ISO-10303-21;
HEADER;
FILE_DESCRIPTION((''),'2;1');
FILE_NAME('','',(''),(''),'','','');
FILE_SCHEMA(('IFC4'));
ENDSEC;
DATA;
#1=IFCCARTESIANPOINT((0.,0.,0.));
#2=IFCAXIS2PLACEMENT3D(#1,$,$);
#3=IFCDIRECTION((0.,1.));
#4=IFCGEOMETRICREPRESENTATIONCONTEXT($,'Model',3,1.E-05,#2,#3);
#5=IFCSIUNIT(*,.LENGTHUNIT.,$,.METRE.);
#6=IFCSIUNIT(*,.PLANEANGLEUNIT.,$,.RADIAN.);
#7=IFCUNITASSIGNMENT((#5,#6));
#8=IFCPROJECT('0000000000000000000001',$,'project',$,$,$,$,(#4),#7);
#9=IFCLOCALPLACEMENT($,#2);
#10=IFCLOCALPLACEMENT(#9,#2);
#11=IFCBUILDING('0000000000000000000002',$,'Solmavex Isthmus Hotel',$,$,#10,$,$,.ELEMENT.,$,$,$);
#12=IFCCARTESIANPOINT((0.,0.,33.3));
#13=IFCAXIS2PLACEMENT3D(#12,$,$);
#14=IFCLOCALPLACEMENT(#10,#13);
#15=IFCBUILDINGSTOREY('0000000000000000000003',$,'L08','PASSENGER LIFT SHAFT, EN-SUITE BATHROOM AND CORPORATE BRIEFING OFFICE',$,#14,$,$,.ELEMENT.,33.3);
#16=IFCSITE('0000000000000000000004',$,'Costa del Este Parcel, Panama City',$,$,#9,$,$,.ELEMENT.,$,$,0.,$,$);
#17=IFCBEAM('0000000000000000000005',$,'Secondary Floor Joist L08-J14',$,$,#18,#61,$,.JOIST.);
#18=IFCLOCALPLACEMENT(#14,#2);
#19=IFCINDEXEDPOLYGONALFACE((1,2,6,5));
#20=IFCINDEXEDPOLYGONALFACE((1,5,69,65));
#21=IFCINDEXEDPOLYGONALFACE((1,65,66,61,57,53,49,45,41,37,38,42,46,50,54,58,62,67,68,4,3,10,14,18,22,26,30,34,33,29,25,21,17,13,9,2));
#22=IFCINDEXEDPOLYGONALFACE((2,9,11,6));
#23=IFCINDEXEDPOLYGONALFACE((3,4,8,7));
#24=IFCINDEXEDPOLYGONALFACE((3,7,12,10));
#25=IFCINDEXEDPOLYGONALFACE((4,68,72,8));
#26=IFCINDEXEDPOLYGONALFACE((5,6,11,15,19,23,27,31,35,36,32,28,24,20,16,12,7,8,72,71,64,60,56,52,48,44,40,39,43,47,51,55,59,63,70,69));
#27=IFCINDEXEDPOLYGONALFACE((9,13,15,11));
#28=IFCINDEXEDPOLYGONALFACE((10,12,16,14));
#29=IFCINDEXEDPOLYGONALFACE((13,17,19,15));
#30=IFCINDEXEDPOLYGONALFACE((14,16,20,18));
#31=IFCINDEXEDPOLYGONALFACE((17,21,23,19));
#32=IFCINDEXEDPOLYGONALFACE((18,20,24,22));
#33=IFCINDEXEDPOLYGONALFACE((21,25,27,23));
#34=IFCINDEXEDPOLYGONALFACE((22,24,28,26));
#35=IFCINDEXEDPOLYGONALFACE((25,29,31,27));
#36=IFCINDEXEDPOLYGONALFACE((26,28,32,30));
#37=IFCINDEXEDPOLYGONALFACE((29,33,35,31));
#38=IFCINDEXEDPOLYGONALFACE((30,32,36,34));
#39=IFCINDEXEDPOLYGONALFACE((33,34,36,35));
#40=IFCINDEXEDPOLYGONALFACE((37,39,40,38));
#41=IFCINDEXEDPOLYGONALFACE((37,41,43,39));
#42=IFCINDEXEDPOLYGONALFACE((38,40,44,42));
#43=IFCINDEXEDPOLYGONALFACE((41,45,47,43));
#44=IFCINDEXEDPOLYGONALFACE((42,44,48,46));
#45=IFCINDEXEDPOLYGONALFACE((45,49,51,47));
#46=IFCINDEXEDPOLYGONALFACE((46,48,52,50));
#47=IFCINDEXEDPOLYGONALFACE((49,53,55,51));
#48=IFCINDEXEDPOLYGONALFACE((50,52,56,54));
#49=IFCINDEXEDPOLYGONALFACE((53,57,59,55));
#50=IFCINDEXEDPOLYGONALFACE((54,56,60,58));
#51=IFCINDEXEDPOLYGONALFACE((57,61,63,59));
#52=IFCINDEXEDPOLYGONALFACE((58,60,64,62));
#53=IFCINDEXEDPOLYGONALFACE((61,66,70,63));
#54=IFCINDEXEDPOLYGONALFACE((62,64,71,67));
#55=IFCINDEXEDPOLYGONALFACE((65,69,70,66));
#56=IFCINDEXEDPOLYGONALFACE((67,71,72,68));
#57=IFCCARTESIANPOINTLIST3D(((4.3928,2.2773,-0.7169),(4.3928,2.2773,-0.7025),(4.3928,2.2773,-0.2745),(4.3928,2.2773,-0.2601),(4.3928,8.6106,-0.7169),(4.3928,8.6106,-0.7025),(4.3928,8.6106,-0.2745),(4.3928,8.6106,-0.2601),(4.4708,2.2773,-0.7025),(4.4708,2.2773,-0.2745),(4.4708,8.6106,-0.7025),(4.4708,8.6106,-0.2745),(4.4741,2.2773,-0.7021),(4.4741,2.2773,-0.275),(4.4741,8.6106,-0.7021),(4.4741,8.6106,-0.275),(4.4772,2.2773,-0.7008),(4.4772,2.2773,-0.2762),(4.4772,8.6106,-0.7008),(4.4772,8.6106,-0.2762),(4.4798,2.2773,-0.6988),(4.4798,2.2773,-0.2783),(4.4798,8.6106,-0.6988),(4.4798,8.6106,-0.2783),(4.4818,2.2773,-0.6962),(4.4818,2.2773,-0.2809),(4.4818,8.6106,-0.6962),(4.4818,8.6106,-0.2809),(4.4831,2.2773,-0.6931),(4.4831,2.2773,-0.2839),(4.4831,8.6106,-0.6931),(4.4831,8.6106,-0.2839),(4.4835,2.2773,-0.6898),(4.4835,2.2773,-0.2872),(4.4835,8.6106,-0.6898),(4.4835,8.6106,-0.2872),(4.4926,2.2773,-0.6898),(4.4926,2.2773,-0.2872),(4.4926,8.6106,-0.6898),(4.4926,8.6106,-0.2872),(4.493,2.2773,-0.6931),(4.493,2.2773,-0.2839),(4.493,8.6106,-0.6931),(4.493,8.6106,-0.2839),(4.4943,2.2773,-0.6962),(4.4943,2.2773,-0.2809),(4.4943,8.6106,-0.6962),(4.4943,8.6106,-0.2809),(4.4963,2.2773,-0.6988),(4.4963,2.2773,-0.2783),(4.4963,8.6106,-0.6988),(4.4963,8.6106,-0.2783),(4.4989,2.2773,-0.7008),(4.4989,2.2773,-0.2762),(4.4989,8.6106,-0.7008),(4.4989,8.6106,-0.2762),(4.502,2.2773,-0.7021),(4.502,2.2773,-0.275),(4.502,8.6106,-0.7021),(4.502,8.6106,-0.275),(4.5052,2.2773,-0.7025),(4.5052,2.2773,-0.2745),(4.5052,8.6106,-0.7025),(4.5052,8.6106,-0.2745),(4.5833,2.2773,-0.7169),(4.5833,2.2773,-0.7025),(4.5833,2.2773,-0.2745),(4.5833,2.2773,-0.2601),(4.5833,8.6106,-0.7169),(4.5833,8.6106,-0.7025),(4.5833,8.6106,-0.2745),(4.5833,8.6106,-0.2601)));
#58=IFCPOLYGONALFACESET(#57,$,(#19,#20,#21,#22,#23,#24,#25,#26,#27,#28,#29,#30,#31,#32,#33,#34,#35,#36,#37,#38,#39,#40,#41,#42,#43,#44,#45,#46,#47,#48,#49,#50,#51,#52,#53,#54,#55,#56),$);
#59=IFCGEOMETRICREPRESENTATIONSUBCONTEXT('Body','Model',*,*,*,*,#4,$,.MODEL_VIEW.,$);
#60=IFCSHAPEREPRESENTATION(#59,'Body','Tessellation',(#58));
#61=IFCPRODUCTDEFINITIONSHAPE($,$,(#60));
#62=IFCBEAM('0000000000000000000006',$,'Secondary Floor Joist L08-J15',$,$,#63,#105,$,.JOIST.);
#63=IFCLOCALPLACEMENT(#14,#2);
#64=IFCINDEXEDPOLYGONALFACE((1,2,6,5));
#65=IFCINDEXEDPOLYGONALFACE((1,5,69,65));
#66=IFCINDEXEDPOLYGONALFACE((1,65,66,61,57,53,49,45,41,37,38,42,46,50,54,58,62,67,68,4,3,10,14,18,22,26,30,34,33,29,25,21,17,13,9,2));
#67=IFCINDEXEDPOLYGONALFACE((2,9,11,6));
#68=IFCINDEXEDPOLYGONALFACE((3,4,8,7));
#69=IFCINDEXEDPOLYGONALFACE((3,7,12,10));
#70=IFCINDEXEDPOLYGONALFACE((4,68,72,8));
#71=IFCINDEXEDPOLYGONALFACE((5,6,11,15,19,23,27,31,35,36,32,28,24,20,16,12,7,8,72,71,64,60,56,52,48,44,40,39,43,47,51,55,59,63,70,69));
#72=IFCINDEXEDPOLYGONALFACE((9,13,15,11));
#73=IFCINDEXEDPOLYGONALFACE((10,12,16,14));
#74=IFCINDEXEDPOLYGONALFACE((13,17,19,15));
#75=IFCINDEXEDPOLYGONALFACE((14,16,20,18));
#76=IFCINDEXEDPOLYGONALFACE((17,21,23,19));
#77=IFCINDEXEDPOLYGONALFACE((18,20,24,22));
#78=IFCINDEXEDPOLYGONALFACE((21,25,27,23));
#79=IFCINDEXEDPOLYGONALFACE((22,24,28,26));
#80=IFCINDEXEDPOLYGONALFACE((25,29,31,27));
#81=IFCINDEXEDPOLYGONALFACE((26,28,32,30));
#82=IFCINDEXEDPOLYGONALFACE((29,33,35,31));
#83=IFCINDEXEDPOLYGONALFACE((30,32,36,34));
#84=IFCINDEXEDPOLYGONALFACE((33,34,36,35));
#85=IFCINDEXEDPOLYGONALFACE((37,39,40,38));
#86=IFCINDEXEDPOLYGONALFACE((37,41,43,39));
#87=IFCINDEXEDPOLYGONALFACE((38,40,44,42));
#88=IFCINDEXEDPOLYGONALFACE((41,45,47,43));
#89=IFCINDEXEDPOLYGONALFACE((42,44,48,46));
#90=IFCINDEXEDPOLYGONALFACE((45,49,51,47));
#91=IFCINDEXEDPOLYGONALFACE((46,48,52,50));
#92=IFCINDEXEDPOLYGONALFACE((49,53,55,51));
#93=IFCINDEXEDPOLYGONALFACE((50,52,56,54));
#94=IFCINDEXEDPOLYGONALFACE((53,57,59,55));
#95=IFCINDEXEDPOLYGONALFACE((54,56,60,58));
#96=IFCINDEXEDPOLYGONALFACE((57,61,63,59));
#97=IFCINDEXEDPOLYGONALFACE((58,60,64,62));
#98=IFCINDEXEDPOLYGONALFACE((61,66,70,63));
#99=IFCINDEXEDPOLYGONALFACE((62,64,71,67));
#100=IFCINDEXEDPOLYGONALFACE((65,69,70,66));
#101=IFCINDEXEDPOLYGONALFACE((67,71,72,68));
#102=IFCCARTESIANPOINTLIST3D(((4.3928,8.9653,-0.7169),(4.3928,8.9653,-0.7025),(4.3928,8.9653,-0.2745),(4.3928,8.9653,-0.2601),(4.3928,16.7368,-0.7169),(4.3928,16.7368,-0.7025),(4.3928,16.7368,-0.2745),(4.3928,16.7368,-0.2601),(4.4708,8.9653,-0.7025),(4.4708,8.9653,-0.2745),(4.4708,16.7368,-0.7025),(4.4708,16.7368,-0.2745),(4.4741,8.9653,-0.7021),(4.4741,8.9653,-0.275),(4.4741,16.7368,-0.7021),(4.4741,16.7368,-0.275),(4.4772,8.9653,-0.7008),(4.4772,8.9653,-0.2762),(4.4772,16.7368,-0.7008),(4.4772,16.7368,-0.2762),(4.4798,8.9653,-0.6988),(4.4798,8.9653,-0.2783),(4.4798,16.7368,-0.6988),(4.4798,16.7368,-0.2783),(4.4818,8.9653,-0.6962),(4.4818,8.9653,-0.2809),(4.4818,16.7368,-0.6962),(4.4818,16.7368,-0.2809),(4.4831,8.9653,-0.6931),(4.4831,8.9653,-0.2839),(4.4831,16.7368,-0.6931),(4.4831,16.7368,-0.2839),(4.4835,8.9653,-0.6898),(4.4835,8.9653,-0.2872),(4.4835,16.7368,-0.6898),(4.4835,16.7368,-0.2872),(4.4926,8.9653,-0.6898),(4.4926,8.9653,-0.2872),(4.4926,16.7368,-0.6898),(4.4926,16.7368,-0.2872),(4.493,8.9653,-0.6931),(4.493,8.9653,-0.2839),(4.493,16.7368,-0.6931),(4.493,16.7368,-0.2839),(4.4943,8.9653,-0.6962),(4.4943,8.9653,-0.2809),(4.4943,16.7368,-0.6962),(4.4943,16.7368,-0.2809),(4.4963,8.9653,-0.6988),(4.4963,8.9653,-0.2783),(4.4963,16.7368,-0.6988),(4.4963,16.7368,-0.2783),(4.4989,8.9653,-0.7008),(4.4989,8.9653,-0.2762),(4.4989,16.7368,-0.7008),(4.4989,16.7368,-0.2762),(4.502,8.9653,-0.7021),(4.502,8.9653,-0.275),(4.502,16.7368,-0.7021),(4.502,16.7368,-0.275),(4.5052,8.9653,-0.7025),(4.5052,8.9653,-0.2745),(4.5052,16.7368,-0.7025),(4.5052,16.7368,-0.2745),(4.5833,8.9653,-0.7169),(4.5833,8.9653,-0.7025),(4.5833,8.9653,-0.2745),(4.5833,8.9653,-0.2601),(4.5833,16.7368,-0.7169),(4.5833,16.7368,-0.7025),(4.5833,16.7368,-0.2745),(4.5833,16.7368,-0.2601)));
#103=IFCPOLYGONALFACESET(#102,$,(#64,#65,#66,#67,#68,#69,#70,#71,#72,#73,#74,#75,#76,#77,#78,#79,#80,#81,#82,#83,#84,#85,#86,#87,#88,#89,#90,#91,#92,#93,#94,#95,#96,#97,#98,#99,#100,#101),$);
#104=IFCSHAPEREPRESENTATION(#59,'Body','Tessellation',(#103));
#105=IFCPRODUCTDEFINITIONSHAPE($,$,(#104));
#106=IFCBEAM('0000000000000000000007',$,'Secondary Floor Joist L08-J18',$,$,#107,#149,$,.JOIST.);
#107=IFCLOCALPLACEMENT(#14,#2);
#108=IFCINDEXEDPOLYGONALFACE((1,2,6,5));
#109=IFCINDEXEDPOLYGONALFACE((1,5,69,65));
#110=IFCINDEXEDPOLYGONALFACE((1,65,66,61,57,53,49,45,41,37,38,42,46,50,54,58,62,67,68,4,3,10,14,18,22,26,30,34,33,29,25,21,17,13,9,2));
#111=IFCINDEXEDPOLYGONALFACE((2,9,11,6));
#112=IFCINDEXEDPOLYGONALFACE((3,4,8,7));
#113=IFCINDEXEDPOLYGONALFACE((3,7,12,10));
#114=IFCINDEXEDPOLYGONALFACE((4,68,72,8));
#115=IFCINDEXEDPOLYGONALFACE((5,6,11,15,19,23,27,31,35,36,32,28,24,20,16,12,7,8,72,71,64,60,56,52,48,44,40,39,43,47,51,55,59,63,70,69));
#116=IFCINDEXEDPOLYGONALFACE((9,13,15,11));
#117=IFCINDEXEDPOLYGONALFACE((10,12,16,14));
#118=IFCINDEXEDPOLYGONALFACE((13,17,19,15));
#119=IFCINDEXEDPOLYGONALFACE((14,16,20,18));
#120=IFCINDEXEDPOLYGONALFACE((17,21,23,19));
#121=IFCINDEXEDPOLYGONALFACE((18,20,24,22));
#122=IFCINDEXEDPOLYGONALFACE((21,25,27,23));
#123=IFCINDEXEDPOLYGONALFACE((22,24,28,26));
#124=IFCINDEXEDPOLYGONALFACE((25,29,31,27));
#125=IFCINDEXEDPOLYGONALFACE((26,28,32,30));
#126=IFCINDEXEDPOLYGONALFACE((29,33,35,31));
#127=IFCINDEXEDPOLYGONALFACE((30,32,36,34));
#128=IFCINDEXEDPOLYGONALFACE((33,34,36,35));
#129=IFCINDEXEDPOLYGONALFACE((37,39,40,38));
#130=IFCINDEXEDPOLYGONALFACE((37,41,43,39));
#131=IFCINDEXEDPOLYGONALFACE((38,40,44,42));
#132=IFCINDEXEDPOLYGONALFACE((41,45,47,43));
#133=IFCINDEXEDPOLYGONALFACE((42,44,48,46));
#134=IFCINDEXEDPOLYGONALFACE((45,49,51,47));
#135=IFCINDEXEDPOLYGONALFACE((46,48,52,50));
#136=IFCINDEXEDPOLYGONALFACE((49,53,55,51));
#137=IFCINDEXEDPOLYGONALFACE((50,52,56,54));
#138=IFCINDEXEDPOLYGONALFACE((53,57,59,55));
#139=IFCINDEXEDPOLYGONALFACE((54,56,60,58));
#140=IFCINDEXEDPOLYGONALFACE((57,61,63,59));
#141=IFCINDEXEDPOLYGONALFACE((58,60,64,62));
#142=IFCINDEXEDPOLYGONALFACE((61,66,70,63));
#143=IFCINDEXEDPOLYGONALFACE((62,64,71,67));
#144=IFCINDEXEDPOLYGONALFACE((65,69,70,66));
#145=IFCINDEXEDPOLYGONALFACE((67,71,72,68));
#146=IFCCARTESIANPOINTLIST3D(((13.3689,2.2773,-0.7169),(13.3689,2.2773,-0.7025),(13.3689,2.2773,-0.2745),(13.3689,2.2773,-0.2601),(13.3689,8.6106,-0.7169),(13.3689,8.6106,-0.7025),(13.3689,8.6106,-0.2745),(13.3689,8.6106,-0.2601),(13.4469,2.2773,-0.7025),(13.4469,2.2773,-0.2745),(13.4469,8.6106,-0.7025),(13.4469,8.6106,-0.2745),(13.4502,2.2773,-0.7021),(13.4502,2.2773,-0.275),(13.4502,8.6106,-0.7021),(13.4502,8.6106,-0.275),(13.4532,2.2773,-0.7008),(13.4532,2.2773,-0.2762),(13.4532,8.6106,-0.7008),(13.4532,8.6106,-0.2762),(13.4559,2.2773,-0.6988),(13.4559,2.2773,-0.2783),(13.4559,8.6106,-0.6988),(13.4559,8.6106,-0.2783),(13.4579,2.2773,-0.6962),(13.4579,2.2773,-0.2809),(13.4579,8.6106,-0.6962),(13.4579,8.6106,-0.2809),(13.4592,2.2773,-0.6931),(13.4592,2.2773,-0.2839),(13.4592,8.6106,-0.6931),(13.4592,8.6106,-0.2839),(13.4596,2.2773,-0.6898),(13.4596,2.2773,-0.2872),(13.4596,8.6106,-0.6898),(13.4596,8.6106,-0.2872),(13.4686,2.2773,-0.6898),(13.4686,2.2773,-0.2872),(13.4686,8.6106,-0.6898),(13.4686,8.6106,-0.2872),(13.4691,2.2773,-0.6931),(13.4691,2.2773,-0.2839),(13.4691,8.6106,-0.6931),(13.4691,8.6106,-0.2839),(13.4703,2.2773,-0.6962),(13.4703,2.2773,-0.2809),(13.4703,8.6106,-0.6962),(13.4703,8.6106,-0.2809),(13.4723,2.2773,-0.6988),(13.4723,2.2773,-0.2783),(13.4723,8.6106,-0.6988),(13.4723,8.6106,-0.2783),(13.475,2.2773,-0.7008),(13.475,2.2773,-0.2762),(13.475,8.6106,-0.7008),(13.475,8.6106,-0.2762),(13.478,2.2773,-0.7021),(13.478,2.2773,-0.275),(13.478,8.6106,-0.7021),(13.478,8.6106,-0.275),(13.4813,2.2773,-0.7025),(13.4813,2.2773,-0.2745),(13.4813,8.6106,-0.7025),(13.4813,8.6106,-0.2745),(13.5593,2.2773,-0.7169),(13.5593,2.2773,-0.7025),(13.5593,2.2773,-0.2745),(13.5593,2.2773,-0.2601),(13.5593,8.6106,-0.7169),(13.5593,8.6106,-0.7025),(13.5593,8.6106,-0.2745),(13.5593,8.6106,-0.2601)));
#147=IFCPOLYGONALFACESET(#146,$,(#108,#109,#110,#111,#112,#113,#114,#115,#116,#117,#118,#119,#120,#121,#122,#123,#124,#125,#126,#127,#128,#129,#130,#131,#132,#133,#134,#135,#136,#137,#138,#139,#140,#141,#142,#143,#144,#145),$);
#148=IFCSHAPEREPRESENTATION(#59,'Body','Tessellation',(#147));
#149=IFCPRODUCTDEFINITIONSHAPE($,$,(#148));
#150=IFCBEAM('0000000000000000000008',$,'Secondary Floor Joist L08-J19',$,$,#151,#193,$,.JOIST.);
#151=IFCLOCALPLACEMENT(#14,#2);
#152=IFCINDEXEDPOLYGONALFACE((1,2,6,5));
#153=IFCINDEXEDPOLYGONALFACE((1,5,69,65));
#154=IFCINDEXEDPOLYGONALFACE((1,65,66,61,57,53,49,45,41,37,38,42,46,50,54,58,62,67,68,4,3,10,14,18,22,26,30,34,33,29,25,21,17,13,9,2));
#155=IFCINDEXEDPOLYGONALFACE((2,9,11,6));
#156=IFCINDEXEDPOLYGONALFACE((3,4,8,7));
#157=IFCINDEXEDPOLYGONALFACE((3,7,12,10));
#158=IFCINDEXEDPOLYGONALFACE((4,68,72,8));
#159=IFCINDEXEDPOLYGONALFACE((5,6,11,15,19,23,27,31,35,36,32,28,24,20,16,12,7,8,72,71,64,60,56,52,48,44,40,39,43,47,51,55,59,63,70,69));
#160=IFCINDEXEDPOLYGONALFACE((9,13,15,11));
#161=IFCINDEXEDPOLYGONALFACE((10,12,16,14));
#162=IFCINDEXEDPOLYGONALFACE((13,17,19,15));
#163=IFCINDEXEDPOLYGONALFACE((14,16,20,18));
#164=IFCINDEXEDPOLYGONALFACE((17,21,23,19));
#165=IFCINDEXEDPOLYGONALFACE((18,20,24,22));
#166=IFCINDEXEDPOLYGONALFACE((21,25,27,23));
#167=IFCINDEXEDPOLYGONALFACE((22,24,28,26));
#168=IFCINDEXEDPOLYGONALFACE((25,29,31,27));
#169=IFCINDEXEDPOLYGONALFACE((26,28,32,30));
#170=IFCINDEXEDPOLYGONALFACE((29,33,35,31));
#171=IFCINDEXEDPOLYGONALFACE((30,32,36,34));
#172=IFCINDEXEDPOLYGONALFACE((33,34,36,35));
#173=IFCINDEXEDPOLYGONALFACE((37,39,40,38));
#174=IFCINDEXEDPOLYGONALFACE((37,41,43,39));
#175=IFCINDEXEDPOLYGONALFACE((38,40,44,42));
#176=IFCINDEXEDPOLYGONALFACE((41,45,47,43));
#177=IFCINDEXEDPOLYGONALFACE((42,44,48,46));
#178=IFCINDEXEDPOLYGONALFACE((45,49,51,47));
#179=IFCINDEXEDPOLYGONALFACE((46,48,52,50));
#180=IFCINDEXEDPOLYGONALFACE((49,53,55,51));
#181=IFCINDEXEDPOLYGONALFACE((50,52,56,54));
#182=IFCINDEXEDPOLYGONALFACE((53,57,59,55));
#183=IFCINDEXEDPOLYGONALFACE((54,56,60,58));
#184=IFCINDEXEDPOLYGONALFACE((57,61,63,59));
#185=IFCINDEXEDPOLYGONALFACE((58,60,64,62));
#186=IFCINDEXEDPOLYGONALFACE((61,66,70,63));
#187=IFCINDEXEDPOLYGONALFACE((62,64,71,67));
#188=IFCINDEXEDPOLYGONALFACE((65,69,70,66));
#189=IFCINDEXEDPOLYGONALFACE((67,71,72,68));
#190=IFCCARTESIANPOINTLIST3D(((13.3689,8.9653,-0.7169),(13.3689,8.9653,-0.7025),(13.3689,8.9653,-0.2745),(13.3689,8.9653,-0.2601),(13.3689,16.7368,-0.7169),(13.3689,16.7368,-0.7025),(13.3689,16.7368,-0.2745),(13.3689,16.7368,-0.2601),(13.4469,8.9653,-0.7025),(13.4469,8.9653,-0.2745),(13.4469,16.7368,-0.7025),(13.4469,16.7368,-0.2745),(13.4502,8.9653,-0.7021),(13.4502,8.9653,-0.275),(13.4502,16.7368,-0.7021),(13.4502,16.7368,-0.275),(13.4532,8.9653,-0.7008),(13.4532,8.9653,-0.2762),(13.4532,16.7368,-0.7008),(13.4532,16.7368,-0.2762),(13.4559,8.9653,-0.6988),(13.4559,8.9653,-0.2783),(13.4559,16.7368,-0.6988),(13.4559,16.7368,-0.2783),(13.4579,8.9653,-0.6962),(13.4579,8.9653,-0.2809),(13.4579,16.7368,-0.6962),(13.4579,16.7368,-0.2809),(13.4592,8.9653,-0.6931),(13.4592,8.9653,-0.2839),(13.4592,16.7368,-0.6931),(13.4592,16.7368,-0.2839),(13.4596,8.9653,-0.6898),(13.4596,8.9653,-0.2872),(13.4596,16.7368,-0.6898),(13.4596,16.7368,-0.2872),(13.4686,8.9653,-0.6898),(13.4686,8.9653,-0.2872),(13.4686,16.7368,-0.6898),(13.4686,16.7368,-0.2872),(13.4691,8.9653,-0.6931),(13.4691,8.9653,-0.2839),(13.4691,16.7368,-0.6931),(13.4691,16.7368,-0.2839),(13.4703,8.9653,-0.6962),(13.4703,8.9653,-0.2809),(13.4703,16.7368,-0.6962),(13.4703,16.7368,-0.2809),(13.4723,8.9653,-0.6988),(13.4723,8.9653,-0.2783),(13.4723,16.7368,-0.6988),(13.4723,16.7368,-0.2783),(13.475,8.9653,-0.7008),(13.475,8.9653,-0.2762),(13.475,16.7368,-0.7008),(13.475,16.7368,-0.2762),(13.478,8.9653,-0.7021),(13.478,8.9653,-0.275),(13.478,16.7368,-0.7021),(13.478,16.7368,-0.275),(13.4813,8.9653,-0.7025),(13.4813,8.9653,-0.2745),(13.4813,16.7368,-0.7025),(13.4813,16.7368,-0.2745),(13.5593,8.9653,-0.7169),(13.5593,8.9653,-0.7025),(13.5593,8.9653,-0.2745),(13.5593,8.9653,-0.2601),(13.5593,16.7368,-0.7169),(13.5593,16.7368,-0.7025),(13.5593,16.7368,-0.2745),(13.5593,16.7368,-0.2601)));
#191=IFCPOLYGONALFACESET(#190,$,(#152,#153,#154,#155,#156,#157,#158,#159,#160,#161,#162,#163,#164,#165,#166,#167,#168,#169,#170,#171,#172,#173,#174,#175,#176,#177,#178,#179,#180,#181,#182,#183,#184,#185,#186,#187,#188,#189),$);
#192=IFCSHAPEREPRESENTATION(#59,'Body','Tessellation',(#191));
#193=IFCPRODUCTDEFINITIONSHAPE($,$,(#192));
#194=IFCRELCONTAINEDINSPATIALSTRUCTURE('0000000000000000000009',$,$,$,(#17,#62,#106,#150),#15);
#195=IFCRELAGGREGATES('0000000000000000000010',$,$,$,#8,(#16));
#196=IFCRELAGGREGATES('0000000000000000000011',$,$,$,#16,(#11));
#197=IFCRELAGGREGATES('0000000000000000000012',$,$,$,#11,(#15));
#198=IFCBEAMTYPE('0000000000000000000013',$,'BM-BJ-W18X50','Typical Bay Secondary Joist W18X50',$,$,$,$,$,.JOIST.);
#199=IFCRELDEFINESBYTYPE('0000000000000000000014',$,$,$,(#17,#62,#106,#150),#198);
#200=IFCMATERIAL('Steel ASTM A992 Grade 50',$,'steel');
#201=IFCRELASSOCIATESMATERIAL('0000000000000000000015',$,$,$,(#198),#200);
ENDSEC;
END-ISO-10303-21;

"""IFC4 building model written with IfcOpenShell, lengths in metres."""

from ifc_helpers import new_model, si_unit, direction, frame, origin, origin_2d, place, context, subcontext, project, spatial, i_section, extrude, material, material_profile, profile_set, type_object, element, save


model = new_model("IFC4")

# Units and contexts
model_context = context("Model", 3, precision=1e-05, world=origin(), true_north=direction((0.0, 1.0)))
body_context = subcontext(model_context, "Body", "Model", "MODEL_VIEW")
ifc_project = project(units=[si_unit("LENGTHUNIT", "METRE"), si_unit("PLANEANGLEUNIT", "RADIAN")], contexts=[model_context])

# Site, building, storey
site_placement = place(None, origin())
site = spatial("IfcSite", under=ifc_project, at=site_placement, Name="Costa del Este Parcel, Panama City", CompositionType="ELEMENT", RefElevation=0.0)
building_placement = place(site_placement, origin())
building = spatial("IfcBuilding", under=site, at=building_placement, Name="Solmavex Isthmus Hotel", CompositionType="ELEMENT")
storey_placement = place(building_placement, frame((0.0, 0.0, 33.3)))
storey = spatial("IfcBuildingStorey", under=building, at=storey_placement, Name="L08", Description="PASSENGER LIFT SHAFT, EN-SUITE BATHROOM AND CORPORATE BRIEFING OFFICE", CompositionType="ELEMENT", Elevation=33.3)

# Beams
ifc_material_1 = material(Name="Steel ASTM A992 Grade 50", Category="steel")
ifc_material_profile_1 = material_profile(ifc_material_1, i_section(OverallWidth=0.1904, OverallDepth=0.4568, WebThickness=0.009, FlangeThickness=0.0144, FilletRadius=0.0127, at=origin_2d()), Name="W18X50")
ifc_profile_set_1 = profile_set([ifc_material_profile_1], Name="Steel ASTM A992 Grade 50")
beam_type_1 = type_object("IfcBeamType", Name="BM-BJ-W18X50", Description="Typical Bay Secondary Joist W18X50", PredefinedType="JOIST", material=ifc_profile_set_1)
beam_1_placement = place(storey_placement, frame((4.488, 2.2773, -0.4885), z_axis=(0.0, 1.0, 0.0), x_axis=(-1.0, 0.0, 0.0)))
element("IfcBeam", 1, at=beam_1_placement, inside=storey, type_object=beam_type_1, Name="Secondary Floor Joist L08-J14", PredefinedType="JOIST", context=body_context, shape_type="SweptSolid", body=[
    extrude(i_section(OverallWidth=0.1904, OverallDepth=0.4568, WebThickness=0.009, FlangeThickness=0.0144, FilletRadius=0.0127, at=origin_2d()), origin(), (0.0, 0.0, 1.0), 6.3333),
])
beam_2_placement = place(storey_placement, frame((4.488, 8.9653, -0.4885), z_axis=(0.0, 1.0, 0.0), x_axis=(-1.0, 0.0, 0.0)))
element("IfcBeam", 2, at=beam_2_placement, inside=storey, type_object=beam_type_1, Name="Secondary Floor Joist L08-J15", PredefinedType="JOIST", context=body_context, shape_type="SweptSolid", body=[
    extrude(i_section(OverallWidth=0.1904, OverallDepth=0.4568, WebThickness=0.009, FlangeThickness=0.0144, FilletRadius=0.0127, at=origin_2d()), origin(), (0.0, 0.0, 1.0), 7.7715),
])
beam_3_placement = place(storey_placement, frame((13.4641, 2.2773, -0.4885), z_axis=(0.0, 1.0, 0.0), x_axis=(-1.0, 0.0, 0.0)))
element("IfcBeam", 3, at=beam_3_placement, inside=storey, type_object=beam_type_1, Name="Secondary Floor Joist L08-J18", PredefinedType="JOIST", context=body_context, shape_type="SweptSolid", body=[
    extrude(i_section(OverallWidth=0.1904, OverallDepth=0.4568, WebThickness=0.009, FlangeThickness=0.0144, FilletRadius=0.0127, at=origin_2d()), origin(), (0.0, 0.0, 1.0), 6.3333),
])
beam_4_placement = place(storey_placement, frame((13.4641, 8.9653, -0.4885), z_axis=(0.0, 1.0, 0.0), x_axis=(-1.0, 0.0, 0.0)))
element("IfcBeam", 4, at=beam_4_placement, inside=storey, type_object=beam_type_1, Name="Secondary Floor Joist L08-J19", PredefinedType="JOIST", context=body_context, shape_type="SweptSolid", body=[
    extrude(i_section(OverallWidth=0.1904, OverallDepth=0.4568, WebThickness=0.009, FlangeThickness=0.0144, FilletRadius=0.0127, at=origin_2d()), origin(), (0.0, 0.0, 1.0), 7.7715),
])

save(model, "model.ifc")
